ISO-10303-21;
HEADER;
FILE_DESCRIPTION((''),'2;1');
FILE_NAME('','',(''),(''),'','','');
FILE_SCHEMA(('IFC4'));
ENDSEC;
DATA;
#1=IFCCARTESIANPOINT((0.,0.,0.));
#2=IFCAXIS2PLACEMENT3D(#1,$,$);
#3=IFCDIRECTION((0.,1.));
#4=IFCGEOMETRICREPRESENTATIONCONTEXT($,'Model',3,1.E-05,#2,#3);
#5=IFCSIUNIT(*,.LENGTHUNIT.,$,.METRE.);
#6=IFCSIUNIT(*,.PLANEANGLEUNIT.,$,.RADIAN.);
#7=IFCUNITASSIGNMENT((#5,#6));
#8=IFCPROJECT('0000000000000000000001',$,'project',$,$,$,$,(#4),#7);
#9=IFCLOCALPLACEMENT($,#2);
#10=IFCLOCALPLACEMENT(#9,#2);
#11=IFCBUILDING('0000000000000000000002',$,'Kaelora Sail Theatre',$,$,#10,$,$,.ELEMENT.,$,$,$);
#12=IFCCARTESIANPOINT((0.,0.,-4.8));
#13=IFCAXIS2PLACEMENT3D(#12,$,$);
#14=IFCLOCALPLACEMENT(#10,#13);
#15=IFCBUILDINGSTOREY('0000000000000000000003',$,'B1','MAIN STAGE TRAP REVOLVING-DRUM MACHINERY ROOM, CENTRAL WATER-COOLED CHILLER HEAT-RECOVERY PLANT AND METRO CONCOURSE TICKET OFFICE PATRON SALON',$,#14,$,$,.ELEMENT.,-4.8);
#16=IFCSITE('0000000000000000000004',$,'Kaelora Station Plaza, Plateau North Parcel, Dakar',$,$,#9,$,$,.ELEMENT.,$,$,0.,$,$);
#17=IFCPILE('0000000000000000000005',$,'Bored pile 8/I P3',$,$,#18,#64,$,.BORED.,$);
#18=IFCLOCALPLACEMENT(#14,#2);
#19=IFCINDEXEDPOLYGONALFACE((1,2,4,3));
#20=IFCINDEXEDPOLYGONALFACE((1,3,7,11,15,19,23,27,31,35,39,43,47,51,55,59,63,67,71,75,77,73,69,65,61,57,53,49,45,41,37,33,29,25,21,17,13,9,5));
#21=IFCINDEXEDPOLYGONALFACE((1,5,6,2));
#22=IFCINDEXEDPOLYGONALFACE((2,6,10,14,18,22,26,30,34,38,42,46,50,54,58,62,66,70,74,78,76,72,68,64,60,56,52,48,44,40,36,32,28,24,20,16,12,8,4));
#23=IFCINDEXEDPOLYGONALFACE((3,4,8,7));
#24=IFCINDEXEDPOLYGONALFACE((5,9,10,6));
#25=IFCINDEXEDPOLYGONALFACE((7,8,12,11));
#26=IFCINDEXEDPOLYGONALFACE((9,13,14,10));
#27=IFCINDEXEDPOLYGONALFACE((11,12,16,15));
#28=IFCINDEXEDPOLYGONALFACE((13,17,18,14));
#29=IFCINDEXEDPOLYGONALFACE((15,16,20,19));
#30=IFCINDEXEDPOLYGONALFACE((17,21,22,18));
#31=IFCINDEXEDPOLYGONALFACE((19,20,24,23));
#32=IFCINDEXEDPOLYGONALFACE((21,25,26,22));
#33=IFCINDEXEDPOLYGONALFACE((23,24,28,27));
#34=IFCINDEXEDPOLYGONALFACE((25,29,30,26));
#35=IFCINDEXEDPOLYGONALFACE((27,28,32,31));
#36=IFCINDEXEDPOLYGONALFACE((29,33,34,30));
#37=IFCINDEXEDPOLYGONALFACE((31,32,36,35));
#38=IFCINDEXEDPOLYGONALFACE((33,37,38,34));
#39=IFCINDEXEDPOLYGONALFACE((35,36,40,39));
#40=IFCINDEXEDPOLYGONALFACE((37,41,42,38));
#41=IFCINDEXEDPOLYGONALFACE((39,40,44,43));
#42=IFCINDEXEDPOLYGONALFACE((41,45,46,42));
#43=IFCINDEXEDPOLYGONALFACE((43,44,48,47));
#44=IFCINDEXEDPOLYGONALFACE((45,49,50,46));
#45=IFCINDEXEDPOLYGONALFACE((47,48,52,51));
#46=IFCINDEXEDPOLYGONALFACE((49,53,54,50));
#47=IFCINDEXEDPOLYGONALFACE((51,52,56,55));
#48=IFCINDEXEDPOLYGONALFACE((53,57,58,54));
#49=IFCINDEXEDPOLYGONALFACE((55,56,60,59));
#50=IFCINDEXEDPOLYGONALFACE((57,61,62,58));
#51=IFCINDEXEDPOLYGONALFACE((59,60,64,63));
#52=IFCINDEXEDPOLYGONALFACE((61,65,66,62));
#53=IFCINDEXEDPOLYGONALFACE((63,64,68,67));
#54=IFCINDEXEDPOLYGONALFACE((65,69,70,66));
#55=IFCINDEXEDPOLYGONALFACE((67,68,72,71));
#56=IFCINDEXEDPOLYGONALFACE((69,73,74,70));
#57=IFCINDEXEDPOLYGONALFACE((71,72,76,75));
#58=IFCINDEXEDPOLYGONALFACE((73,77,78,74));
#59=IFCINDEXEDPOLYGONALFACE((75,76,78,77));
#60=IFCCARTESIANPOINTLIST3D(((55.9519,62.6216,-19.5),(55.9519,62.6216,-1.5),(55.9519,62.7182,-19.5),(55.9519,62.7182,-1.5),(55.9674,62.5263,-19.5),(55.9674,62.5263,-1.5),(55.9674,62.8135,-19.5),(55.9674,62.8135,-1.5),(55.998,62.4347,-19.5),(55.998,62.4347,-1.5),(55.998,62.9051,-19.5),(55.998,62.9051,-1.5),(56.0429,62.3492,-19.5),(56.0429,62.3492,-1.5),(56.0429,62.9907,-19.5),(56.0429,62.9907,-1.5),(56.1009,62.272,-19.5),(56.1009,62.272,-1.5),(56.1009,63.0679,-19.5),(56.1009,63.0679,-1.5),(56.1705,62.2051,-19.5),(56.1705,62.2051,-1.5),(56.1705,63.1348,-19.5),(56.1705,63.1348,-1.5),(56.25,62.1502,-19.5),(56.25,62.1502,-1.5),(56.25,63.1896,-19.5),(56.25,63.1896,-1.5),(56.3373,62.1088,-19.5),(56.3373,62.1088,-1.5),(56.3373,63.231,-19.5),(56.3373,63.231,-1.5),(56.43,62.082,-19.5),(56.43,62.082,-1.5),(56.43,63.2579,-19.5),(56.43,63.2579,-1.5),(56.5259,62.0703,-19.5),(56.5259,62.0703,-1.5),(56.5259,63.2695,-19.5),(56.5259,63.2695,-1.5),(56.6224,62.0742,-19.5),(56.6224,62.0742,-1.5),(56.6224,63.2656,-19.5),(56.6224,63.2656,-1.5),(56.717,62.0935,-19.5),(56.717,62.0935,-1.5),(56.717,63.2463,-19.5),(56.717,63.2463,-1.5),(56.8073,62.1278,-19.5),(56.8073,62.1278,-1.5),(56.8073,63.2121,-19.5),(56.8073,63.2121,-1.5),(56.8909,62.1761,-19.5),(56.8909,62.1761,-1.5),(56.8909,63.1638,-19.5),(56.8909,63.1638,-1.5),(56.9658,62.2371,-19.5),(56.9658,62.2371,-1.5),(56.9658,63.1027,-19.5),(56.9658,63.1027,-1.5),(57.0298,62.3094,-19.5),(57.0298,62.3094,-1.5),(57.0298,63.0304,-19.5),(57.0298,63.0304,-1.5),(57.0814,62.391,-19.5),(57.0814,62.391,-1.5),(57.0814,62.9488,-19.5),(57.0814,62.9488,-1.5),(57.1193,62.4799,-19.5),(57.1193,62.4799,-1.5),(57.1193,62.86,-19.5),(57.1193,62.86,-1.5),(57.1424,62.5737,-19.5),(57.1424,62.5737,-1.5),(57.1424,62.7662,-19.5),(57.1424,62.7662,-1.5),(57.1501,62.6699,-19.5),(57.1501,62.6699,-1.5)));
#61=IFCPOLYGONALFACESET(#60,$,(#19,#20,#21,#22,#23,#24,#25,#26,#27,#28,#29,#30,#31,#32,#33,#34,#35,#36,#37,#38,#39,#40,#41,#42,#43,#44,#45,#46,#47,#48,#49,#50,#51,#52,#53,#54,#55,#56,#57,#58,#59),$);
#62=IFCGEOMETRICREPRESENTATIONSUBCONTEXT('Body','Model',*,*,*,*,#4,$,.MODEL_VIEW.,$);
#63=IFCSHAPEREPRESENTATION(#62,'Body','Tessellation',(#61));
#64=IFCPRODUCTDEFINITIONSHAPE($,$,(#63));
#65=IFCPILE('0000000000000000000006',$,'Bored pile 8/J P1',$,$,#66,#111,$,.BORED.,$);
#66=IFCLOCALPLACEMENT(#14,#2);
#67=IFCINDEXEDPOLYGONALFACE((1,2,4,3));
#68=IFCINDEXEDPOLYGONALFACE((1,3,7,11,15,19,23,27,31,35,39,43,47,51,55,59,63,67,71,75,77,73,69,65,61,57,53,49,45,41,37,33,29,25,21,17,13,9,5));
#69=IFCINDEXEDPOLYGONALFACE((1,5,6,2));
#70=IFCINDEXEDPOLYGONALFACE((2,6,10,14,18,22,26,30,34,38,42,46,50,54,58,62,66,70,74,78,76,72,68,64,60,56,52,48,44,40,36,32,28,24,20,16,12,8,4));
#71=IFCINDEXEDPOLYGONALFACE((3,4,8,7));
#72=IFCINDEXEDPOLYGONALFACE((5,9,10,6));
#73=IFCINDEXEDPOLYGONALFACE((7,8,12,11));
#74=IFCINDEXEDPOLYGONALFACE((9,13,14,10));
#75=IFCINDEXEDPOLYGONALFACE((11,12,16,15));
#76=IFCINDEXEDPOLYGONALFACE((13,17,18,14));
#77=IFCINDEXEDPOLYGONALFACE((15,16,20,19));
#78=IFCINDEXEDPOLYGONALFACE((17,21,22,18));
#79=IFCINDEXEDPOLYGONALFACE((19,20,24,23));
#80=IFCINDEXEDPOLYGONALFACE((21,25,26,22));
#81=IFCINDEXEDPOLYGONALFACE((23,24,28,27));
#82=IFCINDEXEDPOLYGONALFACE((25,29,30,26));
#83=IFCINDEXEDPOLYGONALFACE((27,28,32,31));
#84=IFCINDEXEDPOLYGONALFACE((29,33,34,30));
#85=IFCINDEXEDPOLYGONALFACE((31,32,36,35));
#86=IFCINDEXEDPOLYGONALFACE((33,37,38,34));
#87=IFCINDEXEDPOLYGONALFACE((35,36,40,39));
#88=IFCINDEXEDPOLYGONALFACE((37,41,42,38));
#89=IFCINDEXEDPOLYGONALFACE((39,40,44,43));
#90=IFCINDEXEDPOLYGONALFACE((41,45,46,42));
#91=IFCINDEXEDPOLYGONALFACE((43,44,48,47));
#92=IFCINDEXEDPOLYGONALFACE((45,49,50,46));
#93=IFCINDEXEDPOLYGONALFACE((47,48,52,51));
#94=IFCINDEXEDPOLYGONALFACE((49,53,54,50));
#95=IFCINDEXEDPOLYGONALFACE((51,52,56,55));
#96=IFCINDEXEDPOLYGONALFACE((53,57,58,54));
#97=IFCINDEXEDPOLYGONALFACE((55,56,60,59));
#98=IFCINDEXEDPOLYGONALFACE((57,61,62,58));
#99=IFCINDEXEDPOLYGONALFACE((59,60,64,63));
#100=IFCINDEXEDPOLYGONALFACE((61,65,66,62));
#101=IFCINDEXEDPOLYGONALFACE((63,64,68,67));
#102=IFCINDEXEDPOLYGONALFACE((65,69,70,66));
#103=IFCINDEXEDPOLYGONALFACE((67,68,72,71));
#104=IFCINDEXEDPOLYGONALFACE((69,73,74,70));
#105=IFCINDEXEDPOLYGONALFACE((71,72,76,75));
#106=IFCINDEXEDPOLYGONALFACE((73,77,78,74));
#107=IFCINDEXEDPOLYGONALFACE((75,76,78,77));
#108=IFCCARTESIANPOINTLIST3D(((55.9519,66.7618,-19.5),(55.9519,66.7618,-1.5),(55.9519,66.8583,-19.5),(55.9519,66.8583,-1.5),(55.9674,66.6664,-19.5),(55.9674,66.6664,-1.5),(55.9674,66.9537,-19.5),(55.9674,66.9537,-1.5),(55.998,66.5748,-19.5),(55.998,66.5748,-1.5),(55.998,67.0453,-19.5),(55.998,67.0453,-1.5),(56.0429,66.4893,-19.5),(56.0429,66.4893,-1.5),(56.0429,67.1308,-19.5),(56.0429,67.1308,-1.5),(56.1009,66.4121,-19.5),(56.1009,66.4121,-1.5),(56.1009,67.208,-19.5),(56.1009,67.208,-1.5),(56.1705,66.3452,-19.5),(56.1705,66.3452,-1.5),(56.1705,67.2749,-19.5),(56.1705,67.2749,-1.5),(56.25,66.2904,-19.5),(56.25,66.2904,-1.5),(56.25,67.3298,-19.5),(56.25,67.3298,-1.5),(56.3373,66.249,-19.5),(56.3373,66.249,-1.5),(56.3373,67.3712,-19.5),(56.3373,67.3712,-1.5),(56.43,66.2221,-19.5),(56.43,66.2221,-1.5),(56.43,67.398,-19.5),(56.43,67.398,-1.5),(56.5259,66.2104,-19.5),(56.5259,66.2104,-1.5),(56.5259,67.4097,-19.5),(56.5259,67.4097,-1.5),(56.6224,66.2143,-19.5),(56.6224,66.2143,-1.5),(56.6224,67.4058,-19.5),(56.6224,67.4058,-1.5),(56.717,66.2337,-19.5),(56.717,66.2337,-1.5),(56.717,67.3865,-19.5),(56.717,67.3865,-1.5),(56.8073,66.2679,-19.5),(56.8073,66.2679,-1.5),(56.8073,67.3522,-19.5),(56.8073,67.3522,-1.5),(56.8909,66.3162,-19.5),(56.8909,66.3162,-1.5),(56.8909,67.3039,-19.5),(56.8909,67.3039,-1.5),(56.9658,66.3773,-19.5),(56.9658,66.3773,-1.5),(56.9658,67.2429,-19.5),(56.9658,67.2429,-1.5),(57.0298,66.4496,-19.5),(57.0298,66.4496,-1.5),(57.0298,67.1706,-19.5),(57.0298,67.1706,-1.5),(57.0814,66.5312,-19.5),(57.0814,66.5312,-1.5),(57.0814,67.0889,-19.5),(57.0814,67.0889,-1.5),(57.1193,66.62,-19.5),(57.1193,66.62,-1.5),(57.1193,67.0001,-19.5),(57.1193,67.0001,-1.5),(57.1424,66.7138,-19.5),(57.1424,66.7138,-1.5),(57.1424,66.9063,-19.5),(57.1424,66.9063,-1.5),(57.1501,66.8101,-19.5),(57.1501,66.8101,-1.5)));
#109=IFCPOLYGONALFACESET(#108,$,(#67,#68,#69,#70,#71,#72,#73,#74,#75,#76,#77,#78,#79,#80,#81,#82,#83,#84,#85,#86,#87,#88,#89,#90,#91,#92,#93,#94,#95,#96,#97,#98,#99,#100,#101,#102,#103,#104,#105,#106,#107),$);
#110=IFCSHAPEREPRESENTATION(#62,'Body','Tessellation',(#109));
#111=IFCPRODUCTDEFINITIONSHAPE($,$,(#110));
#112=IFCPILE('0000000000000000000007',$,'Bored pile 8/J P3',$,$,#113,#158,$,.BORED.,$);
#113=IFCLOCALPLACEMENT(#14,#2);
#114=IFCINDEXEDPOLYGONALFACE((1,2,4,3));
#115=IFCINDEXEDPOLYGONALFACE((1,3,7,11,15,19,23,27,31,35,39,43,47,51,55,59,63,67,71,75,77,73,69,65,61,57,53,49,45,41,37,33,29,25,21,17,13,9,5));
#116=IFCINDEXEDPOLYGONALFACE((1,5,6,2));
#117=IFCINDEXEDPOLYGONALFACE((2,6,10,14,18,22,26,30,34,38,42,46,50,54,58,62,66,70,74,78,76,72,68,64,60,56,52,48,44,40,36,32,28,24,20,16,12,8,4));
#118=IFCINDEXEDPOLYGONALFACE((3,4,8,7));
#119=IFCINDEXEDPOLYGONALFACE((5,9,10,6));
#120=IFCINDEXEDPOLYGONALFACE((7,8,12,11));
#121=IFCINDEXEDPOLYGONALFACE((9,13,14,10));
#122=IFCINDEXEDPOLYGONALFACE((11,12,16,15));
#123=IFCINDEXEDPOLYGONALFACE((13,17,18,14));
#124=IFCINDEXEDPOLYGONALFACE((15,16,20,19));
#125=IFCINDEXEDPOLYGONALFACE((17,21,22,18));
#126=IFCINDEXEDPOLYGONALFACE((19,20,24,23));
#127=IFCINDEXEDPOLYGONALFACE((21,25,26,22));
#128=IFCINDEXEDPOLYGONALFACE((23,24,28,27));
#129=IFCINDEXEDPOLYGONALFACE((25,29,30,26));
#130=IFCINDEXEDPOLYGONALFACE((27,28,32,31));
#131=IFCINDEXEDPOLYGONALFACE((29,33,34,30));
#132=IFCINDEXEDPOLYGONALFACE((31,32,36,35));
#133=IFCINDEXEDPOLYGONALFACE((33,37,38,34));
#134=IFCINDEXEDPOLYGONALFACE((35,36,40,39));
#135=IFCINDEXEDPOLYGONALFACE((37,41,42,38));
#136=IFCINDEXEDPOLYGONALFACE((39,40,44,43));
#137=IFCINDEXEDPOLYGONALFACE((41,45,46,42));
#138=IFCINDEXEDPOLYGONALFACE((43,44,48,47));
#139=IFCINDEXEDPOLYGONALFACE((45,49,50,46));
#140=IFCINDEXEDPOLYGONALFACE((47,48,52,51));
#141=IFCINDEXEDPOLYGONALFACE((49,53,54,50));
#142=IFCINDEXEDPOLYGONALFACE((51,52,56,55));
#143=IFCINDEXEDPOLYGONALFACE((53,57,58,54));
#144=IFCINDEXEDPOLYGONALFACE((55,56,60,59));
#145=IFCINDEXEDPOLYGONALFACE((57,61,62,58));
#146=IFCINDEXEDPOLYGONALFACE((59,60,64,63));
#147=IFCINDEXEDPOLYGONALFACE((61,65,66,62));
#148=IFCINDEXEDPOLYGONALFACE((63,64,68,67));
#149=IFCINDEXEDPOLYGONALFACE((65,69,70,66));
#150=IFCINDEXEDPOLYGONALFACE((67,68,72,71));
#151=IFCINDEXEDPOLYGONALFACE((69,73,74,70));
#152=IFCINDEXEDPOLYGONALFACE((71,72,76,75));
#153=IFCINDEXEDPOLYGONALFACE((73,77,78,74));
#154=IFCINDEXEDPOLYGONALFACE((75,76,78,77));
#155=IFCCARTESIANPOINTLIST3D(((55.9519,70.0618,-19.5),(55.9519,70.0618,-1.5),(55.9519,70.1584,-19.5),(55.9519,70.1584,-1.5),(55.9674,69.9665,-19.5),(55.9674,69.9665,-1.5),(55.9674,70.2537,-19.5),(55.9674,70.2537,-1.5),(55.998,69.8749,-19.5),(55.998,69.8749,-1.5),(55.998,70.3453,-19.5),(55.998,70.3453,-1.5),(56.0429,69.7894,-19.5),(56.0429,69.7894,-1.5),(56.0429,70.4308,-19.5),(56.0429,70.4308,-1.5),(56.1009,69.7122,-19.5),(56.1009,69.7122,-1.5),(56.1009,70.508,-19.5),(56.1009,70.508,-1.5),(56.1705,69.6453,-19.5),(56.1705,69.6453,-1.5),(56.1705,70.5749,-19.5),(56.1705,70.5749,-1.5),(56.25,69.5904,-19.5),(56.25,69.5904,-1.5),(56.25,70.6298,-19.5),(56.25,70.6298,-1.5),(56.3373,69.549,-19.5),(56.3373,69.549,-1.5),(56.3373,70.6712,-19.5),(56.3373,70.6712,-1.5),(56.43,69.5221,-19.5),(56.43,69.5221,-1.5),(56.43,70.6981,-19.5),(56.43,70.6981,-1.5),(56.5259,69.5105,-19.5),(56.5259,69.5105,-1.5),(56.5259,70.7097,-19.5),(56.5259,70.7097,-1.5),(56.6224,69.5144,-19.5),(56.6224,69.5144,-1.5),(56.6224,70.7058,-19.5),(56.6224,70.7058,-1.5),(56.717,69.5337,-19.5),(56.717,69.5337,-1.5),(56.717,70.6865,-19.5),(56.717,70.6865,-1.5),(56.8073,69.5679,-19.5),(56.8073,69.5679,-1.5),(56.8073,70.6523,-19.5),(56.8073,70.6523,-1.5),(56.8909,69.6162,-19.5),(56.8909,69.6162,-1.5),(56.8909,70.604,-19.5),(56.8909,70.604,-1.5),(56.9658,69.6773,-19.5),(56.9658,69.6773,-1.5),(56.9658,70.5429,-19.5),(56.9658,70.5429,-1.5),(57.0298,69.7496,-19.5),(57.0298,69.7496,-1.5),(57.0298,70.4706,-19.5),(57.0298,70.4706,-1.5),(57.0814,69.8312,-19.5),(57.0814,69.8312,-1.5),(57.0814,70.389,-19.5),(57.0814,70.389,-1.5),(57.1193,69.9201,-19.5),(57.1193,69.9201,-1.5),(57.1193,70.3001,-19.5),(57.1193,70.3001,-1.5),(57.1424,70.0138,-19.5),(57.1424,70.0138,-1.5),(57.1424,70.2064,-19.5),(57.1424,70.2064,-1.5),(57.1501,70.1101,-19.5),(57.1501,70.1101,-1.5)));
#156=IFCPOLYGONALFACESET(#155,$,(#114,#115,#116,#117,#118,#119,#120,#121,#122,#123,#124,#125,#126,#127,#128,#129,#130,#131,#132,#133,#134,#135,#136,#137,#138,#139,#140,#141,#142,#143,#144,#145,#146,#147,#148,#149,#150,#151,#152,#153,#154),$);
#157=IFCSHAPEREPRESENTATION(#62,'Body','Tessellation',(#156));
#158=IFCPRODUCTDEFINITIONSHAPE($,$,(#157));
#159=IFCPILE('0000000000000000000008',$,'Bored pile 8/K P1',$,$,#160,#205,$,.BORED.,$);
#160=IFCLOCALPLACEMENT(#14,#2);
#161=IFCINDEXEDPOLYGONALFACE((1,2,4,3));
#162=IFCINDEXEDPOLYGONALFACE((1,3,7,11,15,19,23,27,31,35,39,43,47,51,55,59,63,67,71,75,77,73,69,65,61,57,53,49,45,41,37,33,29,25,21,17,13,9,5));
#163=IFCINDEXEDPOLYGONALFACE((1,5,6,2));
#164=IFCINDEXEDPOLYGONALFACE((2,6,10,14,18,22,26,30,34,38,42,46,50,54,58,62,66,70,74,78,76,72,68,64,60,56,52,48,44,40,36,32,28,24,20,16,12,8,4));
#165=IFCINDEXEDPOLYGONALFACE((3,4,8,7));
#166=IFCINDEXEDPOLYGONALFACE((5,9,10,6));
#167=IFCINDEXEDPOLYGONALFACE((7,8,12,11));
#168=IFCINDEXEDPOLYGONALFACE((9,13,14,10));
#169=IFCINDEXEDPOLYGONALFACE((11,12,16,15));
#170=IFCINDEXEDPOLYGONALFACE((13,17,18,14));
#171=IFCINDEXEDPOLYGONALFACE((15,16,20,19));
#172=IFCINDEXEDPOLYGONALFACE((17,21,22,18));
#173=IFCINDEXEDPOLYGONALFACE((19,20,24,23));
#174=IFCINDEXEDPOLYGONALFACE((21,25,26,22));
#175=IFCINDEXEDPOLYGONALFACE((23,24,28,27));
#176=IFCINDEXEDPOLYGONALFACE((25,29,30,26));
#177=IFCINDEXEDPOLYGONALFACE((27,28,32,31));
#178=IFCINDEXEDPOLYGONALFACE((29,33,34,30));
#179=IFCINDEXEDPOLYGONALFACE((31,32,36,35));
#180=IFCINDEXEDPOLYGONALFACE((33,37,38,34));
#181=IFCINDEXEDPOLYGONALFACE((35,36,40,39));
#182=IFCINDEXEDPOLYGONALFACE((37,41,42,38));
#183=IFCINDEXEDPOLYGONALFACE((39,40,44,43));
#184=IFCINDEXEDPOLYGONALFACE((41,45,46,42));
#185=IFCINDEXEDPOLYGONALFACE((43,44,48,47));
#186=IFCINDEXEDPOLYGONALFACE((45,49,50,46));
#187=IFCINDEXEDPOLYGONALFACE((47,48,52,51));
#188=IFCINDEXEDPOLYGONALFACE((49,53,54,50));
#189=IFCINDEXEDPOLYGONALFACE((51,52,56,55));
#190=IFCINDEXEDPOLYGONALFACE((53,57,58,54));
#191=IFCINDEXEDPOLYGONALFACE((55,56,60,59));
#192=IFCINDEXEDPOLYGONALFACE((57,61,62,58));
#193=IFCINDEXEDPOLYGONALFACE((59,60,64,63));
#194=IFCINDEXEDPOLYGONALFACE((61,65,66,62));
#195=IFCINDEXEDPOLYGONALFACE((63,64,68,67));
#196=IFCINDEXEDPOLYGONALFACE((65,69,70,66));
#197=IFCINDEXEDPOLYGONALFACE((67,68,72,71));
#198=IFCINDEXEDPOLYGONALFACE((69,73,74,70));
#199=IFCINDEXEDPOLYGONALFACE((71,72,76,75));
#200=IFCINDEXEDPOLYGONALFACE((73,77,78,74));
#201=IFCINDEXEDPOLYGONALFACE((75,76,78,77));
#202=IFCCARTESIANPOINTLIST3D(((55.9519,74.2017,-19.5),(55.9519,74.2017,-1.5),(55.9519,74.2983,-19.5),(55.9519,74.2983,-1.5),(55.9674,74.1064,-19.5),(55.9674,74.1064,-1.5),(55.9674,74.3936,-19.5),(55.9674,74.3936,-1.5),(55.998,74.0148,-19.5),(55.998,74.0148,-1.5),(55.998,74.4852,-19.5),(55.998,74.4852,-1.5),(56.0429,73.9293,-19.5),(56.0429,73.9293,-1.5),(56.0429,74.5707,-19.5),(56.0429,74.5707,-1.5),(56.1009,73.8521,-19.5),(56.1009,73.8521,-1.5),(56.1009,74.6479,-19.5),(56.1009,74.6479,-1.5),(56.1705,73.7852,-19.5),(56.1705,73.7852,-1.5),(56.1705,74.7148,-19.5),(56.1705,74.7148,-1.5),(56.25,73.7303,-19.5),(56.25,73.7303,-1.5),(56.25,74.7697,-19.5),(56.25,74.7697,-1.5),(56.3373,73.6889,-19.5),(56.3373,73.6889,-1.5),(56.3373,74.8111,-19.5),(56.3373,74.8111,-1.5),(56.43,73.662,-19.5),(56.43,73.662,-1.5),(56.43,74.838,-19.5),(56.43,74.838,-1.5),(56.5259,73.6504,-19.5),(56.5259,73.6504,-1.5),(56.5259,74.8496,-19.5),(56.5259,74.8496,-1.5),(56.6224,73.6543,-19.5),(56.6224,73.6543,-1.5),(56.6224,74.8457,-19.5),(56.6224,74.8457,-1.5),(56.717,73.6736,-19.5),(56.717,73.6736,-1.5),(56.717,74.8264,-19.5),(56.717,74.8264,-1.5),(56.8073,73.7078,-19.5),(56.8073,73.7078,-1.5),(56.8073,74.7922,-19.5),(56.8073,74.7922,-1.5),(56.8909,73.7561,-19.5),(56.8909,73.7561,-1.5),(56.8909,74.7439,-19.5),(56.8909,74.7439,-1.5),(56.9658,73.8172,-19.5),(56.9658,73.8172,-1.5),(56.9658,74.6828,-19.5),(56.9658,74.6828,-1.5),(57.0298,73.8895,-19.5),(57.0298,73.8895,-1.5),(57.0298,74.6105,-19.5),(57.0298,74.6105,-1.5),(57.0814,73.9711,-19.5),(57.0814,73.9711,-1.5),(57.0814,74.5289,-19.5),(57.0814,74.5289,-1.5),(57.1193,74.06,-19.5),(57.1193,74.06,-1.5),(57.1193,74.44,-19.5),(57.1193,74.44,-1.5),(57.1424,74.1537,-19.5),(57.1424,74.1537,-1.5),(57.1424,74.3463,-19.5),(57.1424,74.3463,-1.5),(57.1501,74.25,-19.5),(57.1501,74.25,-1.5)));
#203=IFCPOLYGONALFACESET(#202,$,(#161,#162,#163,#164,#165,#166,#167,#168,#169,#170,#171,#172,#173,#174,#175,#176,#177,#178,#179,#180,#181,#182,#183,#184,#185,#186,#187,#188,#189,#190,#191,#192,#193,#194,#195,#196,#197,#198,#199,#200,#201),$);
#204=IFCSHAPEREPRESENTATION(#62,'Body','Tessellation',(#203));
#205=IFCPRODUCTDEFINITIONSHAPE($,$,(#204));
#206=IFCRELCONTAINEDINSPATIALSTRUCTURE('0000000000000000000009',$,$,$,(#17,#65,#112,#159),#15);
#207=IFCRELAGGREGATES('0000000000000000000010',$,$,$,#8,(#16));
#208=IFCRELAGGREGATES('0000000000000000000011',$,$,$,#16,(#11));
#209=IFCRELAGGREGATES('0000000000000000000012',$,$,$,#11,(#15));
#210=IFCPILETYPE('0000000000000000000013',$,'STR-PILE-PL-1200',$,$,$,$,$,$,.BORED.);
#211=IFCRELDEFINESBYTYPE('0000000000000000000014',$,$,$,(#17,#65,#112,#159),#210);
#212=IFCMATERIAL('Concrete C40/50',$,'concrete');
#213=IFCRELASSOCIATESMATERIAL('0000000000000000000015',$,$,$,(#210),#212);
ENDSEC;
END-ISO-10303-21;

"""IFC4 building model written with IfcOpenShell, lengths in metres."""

from ifc_helpers import new_model, si_unit, direction, frame, origin, origin_2d, place, context, subcontext, project, spatial, circle, extrude, material, material_profile, profile_set, type_object, element, save


model = new_model("IFC4")

# Units and contexts
model_context = context("Model", 3, precision=1e-05, world=origin(), true_north=direction((0.0, 1.0)))
body_context = subcontext(model_context, "Body", "Model", "MODEL_VIEW")
ifc_project = project(units=[si_unit("LENGTHUNIT", "METRE"), si_unit("PLANEANGLEUNIT", "RADIAN")], contexts=[model_context])

# Site, building, storey
site_placement = place(None, origin())
site = spatial("IfcSite", under=ifc_project, at=site_placement, Name="Kaelora Station Plaza, Plateau North Parcel, Dakar", CompositionType="ELEMENT", RefElevation=0.0)
building_placement = place(site_placement, origin())
building = spatial("IfcBuilding", under=site, at=building_placement, Name="Kaelora Sail Theatre", CompositionType="ELEMENT")
storey_placement = place(building_placement, frame((0.0, 0.0, -4.8)))
storey = spatial("IfcBuildingStorey", under=building, at=storey_placement, Name="B1", Description="MAIN STAGE TRAP REVOLVING-DRUM MACHINERY ROOM, CENTRAL WATER-COOLED CHILLER HEAT-RECOVERY PLANT AND METRO CONCOURSE TICKET OFFICE PATRON SALON", CompositionType="ELEMENT", Elevation=-4.8)

# Piles
ifc_material_1 = material(Name="Concrete C40/50", Category="concrete")
ifc_material_profile_1 = material_profile(ifc_material_1, circle(Radius=0.6001, at=origin_2d()), Name="PILE D1200")
ifc_profile_set_1 = profile_set([ifc_material_profile_1], Name="Concrete C40/50")
pile_type_1 = type_object("IfcPileType", Name="STR-PILE-PL-1200", PredefinedType="BORED", material=ifc_profile_set_1)
for number, where, z_axis, x_axis, name in (
    (1, (56.55, 62.6699, -1.5), (0.0, 0.0, -1.0), (1.0, 0.0, 0.0), "Bored pile 8/I P3"),
    (2, (56.55, 66.8101, -1.5), (0.0, 0.0, -1.0), (1.0, 0.0, 0.0), "Bored pile 8/J P1"),
    (3, (56.55, 70.1101, -1.5), (0.0, 0.0, -1.0), (1.0, 0.0, 0.0), "Bored pile 8/J P3"),
    (4, (56.55, 74.25, -1.5), (0.0, 0.0, -1.0), (1.0, 0.0, 0.0), "Bored pile 8/K P1"),
):
    element("IfcPile", number, at=place(storey_placement, frame(where, z_axis=z_axis, x_axis=x_axis)), inside=storey, type_object=pile_type_1, Name=name, PredefinedType="BORED", context=body_context, shape_type="SweptSolid", body=[
        extrude(circle(Radius=0.6001, at=origin_2d()), origin(), (0.0, 0.0, 1.0), 18.0),
    ])

save(model, "model.ifc")
